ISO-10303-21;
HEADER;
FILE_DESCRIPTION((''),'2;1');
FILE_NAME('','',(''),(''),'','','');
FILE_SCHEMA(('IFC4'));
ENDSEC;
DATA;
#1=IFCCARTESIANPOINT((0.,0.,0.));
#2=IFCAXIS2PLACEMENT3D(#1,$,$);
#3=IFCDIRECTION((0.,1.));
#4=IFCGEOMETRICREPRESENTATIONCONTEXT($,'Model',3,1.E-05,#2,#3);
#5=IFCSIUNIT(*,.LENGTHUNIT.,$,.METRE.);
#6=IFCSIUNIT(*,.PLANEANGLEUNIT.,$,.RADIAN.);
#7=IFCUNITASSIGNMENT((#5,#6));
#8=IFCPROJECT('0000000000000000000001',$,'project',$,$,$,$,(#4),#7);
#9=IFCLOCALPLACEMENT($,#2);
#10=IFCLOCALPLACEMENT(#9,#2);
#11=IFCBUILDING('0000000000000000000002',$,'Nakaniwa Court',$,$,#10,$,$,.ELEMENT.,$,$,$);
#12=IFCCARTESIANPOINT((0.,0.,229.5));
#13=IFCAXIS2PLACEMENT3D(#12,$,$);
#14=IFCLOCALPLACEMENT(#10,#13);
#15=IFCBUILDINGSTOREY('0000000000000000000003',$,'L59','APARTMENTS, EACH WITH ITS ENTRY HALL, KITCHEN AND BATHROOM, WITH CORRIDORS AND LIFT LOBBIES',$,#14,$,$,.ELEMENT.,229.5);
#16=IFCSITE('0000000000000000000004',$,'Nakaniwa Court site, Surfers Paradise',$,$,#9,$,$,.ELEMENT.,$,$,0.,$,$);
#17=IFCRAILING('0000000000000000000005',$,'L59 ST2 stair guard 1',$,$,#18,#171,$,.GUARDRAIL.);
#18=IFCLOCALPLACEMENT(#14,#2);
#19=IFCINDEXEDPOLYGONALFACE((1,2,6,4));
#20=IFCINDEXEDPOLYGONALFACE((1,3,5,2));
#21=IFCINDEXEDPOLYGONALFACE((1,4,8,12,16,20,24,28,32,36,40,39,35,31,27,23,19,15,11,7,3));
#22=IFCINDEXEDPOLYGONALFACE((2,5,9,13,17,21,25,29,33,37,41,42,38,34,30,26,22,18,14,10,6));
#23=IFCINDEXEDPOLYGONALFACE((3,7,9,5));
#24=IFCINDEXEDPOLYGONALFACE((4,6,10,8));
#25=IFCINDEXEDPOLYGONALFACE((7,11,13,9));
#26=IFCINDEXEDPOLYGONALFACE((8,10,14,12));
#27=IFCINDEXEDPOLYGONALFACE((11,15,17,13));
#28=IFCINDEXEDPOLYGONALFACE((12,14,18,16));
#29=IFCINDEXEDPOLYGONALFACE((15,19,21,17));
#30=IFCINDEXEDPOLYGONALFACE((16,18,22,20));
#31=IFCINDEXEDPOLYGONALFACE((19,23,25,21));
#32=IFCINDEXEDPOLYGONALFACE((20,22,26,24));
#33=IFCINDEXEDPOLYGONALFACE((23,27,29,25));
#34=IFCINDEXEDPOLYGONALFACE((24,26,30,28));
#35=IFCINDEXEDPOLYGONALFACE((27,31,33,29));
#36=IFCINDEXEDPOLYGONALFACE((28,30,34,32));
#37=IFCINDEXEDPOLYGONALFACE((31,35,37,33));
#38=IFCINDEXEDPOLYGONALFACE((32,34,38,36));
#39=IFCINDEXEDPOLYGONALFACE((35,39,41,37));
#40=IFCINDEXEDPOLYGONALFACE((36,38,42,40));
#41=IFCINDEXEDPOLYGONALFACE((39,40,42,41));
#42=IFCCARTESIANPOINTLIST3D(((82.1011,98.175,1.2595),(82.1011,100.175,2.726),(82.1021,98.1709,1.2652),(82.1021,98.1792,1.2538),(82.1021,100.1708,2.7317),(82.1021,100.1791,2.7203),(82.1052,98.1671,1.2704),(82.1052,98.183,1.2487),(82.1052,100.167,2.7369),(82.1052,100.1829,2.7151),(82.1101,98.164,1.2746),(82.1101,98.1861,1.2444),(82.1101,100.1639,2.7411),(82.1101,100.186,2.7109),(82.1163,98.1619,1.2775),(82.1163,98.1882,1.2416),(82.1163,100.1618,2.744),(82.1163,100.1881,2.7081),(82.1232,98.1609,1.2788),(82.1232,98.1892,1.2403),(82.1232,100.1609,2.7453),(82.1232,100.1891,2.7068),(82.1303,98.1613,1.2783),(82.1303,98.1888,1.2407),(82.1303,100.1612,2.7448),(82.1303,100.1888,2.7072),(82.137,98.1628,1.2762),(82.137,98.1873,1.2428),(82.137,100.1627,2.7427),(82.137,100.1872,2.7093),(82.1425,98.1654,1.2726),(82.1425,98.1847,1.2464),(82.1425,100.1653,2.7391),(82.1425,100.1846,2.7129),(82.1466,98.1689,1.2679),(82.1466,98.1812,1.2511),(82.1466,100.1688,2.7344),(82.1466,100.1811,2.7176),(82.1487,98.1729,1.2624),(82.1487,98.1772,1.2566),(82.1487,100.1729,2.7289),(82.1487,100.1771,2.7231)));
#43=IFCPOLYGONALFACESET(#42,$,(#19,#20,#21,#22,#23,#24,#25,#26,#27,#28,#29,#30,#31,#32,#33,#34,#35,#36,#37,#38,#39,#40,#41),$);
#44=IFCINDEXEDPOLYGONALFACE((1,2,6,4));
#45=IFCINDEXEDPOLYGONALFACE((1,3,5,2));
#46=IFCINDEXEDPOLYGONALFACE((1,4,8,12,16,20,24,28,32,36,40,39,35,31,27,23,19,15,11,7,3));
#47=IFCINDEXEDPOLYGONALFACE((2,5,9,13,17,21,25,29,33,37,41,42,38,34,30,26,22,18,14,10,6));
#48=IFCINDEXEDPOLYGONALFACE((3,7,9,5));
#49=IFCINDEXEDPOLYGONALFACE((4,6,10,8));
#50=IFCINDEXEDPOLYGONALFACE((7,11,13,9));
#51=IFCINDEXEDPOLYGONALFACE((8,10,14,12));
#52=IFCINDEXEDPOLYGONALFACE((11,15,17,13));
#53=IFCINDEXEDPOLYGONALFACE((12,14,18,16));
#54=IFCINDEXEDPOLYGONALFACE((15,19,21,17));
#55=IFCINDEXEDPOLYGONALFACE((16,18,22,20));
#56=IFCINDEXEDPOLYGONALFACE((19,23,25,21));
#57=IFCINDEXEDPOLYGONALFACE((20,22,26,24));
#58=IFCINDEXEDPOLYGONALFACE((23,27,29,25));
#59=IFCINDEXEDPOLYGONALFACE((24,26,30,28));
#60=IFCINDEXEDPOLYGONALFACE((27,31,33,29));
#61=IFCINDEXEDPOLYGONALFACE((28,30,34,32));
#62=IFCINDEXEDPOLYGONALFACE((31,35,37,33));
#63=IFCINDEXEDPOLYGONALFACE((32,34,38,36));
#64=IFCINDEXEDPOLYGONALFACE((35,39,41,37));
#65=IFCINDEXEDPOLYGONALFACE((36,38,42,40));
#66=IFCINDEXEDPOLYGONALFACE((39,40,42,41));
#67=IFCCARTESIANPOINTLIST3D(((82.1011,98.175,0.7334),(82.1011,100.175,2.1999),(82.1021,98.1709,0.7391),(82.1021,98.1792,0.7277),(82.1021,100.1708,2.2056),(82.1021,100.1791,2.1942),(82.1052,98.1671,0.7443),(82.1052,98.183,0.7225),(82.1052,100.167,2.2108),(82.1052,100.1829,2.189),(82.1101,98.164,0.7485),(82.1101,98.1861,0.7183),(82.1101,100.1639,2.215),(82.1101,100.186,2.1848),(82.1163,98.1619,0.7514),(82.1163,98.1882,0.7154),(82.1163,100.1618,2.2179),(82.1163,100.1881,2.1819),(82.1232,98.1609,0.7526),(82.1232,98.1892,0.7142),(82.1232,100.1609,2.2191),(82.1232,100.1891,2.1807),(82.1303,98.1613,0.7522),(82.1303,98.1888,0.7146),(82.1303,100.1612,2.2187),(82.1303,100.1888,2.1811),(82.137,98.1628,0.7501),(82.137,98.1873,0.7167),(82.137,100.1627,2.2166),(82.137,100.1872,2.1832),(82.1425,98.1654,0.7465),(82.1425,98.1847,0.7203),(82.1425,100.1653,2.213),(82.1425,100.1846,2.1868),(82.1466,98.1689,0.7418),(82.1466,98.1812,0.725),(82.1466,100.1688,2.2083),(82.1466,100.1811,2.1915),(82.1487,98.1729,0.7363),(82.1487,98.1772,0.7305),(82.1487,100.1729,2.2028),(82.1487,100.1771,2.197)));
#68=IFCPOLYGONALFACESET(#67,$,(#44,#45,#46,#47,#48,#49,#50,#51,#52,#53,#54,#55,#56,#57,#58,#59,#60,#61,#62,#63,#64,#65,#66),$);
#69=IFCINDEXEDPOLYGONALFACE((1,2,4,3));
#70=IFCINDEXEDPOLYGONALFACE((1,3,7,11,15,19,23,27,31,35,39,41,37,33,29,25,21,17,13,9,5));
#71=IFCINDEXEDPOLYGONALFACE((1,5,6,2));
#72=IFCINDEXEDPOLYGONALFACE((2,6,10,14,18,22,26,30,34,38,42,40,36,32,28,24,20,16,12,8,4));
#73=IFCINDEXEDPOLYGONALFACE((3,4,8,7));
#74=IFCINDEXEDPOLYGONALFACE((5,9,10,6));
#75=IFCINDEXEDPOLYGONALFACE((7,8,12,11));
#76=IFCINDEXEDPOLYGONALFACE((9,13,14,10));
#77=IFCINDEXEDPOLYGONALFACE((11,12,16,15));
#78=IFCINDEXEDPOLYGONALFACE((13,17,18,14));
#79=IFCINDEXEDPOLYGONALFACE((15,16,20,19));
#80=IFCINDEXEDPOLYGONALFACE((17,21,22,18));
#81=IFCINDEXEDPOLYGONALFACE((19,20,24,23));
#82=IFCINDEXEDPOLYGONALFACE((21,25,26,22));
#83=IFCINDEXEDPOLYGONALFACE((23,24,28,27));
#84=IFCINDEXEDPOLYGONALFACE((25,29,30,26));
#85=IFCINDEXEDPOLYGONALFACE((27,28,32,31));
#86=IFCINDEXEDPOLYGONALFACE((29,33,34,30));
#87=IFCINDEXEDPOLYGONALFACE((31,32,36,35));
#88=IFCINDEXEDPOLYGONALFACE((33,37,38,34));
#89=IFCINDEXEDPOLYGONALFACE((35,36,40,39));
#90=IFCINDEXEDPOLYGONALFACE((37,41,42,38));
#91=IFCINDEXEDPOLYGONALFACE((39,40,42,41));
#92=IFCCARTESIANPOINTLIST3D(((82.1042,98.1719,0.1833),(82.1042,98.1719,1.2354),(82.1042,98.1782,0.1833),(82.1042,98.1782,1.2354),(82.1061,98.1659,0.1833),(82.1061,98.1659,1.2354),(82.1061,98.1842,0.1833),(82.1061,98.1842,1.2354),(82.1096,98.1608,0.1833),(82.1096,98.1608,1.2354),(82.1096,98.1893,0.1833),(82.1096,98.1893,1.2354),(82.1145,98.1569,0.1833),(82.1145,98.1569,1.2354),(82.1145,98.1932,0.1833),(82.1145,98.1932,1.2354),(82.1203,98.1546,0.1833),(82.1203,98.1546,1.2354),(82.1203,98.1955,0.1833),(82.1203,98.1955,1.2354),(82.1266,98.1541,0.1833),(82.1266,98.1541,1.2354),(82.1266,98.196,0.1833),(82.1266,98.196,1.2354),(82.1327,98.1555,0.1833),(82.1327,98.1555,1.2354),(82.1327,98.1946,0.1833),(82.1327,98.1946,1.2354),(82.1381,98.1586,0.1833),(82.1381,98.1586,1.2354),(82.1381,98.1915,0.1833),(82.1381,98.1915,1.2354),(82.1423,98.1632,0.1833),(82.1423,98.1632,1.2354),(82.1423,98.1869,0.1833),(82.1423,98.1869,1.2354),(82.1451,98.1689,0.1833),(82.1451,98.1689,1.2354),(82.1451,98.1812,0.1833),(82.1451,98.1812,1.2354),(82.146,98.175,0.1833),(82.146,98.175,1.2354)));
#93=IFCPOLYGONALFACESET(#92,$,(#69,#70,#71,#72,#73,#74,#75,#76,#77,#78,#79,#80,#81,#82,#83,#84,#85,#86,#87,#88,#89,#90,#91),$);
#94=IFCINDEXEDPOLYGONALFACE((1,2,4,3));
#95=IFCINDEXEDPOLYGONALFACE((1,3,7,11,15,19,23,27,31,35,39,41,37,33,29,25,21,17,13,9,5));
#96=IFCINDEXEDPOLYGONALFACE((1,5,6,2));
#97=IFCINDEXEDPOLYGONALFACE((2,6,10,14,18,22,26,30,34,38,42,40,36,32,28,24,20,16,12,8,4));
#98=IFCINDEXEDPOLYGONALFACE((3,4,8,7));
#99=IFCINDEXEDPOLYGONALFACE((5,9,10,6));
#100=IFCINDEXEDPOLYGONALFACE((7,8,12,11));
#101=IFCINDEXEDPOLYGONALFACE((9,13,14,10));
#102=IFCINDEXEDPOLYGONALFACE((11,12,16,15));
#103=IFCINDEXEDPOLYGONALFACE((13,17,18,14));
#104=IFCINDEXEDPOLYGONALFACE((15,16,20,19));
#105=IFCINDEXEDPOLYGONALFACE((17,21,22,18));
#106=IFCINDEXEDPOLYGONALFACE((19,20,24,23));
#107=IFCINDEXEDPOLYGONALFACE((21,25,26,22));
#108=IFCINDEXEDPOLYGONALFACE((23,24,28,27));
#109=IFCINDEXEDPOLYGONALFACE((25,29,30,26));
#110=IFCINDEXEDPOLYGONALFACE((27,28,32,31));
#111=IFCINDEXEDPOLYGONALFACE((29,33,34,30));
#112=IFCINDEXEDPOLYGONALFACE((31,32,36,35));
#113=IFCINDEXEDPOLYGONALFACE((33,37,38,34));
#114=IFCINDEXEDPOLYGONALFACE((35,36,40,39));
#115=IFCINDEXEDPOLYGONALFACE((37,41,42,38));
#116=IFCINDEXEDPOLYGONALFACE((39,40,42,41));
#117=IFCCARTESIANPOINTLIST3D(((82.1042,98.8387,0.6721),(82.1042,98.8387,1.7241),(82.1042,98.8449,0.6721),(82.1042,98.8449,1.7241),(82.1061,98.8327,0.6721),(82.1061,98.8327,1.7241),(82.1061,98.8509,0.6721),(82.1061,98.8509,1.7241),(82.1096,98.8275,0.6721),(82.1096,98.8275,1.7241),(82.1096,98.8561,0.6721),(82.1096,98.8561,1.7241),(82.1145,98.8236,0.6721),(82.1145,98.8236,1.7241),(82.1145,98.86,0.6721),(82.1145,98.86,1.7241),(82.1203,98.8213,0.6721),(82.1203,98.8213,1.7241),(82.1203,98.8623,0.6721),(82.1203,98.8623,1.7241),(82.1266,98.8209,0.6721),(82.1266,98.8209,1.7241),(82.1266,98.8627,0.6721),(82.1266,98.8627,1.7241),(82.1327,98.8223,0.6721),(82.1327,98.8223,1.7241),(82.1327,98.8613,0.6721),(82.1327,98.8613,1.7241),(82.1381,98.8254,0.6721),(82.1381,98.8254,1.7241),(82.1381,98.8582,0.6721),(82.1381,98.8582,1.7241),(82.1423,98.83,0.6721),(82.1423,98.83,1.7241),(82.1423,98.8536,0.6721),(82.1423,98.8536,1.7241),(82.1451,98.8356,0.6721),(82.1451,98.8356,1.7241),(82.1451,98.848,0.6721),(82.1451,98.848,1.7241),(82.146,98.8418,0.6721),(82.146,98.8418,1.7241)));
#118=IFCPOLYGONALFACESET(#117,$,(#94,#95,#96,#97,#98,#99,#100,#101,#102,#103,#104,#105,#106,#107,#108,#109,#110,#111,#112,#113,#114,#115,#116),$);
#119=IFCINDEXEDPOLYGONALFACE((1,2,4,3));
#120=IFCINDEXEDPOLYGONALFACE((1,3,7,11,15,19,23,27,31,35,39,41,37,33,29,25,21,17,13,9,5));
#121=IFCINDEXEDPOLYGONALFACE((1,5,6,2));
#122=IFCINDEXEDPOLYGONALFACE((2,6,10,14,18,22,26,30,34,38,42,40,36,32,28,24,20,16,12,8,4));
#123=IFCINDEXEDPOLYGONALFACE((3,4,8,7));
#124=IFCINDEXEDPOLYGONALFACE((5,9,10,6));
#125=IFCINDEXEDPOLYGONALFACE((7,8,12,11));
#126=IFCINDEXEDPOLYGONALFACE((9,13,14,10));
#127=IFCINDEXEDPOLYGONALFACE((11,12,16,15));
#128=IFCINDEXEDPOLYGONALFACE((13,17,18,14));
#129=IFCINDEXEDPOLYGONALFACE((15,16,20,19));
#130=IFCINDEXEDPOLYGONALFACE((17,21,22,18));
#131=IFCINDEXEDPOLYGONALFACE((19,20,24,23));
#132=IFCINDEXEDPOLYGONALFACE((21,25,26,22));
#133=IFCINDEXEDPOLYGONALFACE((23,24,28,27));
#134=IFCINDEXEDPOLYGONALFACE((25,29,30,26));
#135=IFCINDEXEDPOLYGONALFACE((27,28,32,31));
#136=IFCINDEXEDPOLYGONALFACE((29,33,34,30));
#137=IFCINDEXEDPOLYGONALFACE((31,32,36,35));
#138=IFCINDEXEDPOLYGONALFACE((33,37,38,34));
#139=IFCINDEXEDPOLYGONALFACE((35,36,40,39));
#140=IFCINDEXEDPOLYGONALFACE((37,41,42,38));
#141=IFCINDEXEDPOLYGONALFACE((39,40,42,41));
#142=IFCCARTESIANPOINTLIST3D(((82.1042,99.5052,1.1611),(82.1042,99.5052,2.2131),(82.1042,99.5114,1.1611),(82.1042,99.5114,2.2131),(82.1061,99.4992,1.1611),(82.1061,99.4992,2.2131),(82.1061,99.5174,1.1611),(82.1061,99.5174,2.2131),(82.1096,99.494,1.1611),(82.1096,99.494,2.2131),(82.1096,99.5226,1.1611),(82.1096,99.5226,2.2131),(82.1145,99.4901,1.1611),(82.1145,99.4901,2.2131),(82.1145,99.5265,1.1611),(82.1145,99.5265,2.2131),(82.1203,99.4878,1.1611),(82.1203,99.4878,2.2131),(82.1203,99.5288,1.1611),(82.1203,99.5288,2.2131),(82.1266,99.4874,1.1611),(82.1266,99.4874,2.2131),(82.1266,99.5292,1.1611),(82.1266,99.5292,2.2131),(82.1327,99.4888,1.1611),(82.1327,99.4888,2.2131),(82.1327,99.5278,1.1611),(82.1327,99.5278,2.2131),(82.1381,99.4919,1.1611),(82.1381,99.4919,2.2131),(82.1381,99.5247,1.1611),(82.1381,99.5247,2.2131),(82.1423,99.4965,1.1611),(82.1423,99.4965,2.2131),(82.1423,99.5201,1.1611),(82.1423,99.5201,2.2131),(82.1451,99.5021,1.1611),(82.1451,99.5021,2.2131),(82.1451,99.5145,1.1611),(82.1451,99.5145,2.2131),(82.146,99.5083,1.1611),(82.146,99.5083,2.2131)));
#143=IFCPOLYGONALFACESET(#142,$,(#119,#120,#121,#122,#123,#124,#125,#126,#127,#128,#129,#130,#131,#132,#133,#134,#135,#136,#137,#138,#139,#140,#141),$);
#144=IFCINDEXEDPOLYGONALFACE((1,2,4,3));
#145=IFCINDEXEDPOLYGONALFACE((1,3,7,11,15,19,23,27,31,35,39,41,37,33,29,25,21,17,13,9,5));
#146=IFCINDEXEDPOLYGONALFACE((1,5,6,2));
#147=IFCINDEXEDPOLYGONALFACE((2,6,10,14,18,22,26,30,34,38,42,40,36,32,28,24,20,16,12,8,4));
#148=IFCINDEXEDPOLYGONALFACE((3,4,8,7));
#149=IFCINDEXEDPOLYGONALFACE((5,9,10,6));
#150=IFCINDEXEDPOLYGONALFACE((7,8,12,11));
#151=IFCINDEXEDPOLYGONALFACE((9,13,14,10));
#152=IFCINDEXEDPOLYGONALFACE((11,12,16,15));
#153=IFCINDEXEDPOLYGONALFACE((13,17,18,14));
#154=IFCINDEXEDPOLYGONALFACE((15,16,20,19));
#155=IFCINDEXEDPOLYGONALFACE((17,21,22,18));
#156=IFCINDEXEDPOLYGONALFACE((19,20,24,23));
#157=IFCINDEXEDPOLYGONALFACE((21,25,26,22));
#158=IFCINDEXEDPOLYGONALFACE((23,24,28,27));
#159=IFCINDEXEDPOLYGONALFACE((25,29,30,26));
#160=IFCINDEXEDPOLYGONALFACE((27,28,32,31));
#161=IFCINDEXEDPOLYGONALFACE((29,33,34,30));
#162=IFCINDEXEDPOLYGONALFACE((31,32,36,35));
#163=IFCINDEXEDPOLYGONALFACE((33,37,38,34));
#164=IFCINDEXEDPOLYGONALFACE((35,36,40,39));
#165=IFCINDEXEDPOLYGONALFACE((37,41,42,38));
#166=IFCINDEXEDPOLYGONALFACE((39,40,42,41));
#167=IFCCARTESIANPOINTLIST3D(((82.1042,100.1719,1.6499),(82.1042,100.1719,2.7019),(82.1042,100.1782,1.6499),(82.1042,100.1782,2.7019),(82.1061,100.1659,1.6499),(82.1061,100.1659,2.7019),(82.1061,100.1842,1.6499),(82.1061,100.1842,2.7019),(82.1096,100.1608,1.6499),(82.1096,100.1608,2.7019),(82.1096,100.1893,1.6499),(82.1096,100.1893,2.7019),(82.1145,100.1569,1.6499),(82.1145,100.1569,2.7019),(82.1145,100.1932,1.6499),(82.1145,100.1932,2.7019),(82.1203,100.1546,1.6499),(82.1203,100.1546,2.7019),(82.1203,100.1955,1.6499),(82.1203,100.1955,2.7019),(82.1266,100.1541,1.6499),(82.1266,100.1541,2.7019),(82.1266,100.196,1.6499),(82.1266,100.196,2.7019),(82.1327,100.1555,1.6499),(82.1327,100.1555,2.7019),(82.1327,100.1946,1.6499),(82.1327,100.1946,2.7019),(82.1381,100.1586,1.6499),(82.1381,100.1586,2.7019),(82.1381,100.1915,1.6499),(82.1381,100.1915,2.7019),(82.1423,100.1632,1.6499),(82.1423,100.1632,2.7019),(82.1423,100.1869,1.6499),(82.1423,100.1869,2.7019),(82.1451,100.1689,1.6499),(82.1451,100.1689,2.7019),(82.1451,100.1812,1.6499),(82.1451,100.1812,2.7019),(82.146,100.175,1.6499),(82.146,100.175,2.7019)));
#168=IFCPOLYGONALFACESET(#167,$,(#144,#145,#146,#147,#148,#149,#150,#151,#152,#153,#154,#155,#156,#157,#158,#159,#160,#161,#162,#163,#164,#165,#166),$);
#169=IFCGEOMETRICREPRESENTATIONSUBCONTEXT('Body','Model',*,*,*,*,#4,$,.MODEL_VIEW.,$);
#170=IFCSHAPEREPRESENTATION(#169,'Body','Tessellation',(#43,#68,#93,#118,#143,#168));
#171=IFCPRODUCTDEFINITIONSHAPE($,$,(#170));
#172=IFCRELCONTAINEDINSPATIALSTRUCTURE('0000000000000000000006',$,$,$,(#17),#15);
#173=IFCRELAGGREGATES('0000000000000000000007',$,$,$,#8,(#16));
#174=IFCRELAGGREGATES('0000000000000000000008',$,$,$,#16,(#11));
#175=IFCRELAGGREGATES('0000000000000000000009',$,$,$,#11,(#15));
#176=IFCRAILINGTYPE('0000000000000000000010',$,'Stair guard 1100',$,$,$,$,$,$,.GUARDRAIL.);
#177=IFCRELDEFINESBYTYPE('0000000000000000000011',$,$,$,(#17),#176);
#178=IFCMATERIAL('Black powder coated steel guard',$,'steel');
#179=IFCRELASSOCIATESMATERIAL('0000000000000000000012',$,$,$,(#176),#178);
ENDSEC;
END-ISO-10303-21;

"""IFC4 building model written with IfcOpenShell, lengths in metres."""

from ifc_helpers import new_model, si_unit, direction, frame, origin, origin_2d, place, context, subcontext, project, spatial, circle, extrude, material, type_object, element, save


model = new_model("IFC4")

# Units and contexts
model_context = context("Model", 3, precision=1e-05, world=origin(), true_north=direction((0.0, 1.0)))
body_context = subcontext(model_context, "Body", "Model", "MODEL_VIEW")
ifc_project = project(units=[si_unit("LENGTHUNIT", "METRE"), si_unit("PLANEANGLEUNIT", "RADIAN")], contexts=[model_context])

# Site, building, storey
site_placement = place(None, origin())
site = spatial("IfcSite", under=ifc_project, at=site_placement, Name="Nakaniwa Court site, Surfers Paradise", CompositionType="ELEMENT", RefElevation=0.0)
building_placement = place(site_placement, origin())
building = spatial("IfcBuilding", under=site, at=building_placement, Name="Nakaniwa Court", CompositionType="ELEMENT")
storey_placement = place(building_placement, frame((0.0, 0.0, 229.5)))
storey = spatial("IfcBuildingStorey", under=building, at=storey_placement, Name="L59", Description="APARTMENTS, EACH WITH ITS ENTRY HALL, KITCHEN AND BATHROOM, WITH CORRIDORS AND LIFT LOBBIES", CompositionType="ELEMENT", Elevation=229.5)

# Railing
ifc_material_1 = material(Name="Black powder coated steel guard", Category="steel")
railing_type_1 = type_object("IfcRailingType", Name="Stair guard 1100", PredefinedType="GUARDRAIL", material=ifc_material_1)
railing_1_placement = place(storey_placement, frame((82.125, 98.175, 0.1833)))
element("IfcRailing", 1, at=railing_1_placement, inside=storey, type_object=railing_type_1, Name="L59 ST2 stair guard 1", PredefinedType="GUARDRAIL", context=body_context, shape_type="SweptSolid", body=[
    extrude(circle(Radius=0.0239, at=origin_2d()), frame((0.0, 0.0, 1.0762), z_axis=(0.0, 0.806427, 0.591334), x_axis=(-1.0, 0.0, 0.0)), (0.0, 0.0, 1.0), 2.48),
    extrude(circle(Radius=0.0239, at=origin_2d()), frame((0.0, 0.0, 0.55), z_axis=(0.0, 0.806427, 0.591334), x_axis=(-1.0, 0.0, 0.0)), (0.0, 0.0, 1.0), 2.48),
    extrude(circle(Radius=0.021, at=origin_2d()), origin(), (0.0, 0.0, 1.0), 1.052),
    extrude(circle(Radius=0.021, at=origin_2d()), frame((0.0, 0.6667, 0.4888)), (0.0, 0.0, 1.0), 1.052),
    extrude(circle(Radius=0.021, at=origin_2d()), frame((0.0, 1.3333, 0.9778)), (0.0, 0.0, 1.0), 1.052),
    extrude(circle(Radius=0.021, at=origin_2d()), frame((0.0, 2.0, 1.4666)), (0.0, 0.0, 1.0), 1.052),
])

save(model, "model.ifc")
